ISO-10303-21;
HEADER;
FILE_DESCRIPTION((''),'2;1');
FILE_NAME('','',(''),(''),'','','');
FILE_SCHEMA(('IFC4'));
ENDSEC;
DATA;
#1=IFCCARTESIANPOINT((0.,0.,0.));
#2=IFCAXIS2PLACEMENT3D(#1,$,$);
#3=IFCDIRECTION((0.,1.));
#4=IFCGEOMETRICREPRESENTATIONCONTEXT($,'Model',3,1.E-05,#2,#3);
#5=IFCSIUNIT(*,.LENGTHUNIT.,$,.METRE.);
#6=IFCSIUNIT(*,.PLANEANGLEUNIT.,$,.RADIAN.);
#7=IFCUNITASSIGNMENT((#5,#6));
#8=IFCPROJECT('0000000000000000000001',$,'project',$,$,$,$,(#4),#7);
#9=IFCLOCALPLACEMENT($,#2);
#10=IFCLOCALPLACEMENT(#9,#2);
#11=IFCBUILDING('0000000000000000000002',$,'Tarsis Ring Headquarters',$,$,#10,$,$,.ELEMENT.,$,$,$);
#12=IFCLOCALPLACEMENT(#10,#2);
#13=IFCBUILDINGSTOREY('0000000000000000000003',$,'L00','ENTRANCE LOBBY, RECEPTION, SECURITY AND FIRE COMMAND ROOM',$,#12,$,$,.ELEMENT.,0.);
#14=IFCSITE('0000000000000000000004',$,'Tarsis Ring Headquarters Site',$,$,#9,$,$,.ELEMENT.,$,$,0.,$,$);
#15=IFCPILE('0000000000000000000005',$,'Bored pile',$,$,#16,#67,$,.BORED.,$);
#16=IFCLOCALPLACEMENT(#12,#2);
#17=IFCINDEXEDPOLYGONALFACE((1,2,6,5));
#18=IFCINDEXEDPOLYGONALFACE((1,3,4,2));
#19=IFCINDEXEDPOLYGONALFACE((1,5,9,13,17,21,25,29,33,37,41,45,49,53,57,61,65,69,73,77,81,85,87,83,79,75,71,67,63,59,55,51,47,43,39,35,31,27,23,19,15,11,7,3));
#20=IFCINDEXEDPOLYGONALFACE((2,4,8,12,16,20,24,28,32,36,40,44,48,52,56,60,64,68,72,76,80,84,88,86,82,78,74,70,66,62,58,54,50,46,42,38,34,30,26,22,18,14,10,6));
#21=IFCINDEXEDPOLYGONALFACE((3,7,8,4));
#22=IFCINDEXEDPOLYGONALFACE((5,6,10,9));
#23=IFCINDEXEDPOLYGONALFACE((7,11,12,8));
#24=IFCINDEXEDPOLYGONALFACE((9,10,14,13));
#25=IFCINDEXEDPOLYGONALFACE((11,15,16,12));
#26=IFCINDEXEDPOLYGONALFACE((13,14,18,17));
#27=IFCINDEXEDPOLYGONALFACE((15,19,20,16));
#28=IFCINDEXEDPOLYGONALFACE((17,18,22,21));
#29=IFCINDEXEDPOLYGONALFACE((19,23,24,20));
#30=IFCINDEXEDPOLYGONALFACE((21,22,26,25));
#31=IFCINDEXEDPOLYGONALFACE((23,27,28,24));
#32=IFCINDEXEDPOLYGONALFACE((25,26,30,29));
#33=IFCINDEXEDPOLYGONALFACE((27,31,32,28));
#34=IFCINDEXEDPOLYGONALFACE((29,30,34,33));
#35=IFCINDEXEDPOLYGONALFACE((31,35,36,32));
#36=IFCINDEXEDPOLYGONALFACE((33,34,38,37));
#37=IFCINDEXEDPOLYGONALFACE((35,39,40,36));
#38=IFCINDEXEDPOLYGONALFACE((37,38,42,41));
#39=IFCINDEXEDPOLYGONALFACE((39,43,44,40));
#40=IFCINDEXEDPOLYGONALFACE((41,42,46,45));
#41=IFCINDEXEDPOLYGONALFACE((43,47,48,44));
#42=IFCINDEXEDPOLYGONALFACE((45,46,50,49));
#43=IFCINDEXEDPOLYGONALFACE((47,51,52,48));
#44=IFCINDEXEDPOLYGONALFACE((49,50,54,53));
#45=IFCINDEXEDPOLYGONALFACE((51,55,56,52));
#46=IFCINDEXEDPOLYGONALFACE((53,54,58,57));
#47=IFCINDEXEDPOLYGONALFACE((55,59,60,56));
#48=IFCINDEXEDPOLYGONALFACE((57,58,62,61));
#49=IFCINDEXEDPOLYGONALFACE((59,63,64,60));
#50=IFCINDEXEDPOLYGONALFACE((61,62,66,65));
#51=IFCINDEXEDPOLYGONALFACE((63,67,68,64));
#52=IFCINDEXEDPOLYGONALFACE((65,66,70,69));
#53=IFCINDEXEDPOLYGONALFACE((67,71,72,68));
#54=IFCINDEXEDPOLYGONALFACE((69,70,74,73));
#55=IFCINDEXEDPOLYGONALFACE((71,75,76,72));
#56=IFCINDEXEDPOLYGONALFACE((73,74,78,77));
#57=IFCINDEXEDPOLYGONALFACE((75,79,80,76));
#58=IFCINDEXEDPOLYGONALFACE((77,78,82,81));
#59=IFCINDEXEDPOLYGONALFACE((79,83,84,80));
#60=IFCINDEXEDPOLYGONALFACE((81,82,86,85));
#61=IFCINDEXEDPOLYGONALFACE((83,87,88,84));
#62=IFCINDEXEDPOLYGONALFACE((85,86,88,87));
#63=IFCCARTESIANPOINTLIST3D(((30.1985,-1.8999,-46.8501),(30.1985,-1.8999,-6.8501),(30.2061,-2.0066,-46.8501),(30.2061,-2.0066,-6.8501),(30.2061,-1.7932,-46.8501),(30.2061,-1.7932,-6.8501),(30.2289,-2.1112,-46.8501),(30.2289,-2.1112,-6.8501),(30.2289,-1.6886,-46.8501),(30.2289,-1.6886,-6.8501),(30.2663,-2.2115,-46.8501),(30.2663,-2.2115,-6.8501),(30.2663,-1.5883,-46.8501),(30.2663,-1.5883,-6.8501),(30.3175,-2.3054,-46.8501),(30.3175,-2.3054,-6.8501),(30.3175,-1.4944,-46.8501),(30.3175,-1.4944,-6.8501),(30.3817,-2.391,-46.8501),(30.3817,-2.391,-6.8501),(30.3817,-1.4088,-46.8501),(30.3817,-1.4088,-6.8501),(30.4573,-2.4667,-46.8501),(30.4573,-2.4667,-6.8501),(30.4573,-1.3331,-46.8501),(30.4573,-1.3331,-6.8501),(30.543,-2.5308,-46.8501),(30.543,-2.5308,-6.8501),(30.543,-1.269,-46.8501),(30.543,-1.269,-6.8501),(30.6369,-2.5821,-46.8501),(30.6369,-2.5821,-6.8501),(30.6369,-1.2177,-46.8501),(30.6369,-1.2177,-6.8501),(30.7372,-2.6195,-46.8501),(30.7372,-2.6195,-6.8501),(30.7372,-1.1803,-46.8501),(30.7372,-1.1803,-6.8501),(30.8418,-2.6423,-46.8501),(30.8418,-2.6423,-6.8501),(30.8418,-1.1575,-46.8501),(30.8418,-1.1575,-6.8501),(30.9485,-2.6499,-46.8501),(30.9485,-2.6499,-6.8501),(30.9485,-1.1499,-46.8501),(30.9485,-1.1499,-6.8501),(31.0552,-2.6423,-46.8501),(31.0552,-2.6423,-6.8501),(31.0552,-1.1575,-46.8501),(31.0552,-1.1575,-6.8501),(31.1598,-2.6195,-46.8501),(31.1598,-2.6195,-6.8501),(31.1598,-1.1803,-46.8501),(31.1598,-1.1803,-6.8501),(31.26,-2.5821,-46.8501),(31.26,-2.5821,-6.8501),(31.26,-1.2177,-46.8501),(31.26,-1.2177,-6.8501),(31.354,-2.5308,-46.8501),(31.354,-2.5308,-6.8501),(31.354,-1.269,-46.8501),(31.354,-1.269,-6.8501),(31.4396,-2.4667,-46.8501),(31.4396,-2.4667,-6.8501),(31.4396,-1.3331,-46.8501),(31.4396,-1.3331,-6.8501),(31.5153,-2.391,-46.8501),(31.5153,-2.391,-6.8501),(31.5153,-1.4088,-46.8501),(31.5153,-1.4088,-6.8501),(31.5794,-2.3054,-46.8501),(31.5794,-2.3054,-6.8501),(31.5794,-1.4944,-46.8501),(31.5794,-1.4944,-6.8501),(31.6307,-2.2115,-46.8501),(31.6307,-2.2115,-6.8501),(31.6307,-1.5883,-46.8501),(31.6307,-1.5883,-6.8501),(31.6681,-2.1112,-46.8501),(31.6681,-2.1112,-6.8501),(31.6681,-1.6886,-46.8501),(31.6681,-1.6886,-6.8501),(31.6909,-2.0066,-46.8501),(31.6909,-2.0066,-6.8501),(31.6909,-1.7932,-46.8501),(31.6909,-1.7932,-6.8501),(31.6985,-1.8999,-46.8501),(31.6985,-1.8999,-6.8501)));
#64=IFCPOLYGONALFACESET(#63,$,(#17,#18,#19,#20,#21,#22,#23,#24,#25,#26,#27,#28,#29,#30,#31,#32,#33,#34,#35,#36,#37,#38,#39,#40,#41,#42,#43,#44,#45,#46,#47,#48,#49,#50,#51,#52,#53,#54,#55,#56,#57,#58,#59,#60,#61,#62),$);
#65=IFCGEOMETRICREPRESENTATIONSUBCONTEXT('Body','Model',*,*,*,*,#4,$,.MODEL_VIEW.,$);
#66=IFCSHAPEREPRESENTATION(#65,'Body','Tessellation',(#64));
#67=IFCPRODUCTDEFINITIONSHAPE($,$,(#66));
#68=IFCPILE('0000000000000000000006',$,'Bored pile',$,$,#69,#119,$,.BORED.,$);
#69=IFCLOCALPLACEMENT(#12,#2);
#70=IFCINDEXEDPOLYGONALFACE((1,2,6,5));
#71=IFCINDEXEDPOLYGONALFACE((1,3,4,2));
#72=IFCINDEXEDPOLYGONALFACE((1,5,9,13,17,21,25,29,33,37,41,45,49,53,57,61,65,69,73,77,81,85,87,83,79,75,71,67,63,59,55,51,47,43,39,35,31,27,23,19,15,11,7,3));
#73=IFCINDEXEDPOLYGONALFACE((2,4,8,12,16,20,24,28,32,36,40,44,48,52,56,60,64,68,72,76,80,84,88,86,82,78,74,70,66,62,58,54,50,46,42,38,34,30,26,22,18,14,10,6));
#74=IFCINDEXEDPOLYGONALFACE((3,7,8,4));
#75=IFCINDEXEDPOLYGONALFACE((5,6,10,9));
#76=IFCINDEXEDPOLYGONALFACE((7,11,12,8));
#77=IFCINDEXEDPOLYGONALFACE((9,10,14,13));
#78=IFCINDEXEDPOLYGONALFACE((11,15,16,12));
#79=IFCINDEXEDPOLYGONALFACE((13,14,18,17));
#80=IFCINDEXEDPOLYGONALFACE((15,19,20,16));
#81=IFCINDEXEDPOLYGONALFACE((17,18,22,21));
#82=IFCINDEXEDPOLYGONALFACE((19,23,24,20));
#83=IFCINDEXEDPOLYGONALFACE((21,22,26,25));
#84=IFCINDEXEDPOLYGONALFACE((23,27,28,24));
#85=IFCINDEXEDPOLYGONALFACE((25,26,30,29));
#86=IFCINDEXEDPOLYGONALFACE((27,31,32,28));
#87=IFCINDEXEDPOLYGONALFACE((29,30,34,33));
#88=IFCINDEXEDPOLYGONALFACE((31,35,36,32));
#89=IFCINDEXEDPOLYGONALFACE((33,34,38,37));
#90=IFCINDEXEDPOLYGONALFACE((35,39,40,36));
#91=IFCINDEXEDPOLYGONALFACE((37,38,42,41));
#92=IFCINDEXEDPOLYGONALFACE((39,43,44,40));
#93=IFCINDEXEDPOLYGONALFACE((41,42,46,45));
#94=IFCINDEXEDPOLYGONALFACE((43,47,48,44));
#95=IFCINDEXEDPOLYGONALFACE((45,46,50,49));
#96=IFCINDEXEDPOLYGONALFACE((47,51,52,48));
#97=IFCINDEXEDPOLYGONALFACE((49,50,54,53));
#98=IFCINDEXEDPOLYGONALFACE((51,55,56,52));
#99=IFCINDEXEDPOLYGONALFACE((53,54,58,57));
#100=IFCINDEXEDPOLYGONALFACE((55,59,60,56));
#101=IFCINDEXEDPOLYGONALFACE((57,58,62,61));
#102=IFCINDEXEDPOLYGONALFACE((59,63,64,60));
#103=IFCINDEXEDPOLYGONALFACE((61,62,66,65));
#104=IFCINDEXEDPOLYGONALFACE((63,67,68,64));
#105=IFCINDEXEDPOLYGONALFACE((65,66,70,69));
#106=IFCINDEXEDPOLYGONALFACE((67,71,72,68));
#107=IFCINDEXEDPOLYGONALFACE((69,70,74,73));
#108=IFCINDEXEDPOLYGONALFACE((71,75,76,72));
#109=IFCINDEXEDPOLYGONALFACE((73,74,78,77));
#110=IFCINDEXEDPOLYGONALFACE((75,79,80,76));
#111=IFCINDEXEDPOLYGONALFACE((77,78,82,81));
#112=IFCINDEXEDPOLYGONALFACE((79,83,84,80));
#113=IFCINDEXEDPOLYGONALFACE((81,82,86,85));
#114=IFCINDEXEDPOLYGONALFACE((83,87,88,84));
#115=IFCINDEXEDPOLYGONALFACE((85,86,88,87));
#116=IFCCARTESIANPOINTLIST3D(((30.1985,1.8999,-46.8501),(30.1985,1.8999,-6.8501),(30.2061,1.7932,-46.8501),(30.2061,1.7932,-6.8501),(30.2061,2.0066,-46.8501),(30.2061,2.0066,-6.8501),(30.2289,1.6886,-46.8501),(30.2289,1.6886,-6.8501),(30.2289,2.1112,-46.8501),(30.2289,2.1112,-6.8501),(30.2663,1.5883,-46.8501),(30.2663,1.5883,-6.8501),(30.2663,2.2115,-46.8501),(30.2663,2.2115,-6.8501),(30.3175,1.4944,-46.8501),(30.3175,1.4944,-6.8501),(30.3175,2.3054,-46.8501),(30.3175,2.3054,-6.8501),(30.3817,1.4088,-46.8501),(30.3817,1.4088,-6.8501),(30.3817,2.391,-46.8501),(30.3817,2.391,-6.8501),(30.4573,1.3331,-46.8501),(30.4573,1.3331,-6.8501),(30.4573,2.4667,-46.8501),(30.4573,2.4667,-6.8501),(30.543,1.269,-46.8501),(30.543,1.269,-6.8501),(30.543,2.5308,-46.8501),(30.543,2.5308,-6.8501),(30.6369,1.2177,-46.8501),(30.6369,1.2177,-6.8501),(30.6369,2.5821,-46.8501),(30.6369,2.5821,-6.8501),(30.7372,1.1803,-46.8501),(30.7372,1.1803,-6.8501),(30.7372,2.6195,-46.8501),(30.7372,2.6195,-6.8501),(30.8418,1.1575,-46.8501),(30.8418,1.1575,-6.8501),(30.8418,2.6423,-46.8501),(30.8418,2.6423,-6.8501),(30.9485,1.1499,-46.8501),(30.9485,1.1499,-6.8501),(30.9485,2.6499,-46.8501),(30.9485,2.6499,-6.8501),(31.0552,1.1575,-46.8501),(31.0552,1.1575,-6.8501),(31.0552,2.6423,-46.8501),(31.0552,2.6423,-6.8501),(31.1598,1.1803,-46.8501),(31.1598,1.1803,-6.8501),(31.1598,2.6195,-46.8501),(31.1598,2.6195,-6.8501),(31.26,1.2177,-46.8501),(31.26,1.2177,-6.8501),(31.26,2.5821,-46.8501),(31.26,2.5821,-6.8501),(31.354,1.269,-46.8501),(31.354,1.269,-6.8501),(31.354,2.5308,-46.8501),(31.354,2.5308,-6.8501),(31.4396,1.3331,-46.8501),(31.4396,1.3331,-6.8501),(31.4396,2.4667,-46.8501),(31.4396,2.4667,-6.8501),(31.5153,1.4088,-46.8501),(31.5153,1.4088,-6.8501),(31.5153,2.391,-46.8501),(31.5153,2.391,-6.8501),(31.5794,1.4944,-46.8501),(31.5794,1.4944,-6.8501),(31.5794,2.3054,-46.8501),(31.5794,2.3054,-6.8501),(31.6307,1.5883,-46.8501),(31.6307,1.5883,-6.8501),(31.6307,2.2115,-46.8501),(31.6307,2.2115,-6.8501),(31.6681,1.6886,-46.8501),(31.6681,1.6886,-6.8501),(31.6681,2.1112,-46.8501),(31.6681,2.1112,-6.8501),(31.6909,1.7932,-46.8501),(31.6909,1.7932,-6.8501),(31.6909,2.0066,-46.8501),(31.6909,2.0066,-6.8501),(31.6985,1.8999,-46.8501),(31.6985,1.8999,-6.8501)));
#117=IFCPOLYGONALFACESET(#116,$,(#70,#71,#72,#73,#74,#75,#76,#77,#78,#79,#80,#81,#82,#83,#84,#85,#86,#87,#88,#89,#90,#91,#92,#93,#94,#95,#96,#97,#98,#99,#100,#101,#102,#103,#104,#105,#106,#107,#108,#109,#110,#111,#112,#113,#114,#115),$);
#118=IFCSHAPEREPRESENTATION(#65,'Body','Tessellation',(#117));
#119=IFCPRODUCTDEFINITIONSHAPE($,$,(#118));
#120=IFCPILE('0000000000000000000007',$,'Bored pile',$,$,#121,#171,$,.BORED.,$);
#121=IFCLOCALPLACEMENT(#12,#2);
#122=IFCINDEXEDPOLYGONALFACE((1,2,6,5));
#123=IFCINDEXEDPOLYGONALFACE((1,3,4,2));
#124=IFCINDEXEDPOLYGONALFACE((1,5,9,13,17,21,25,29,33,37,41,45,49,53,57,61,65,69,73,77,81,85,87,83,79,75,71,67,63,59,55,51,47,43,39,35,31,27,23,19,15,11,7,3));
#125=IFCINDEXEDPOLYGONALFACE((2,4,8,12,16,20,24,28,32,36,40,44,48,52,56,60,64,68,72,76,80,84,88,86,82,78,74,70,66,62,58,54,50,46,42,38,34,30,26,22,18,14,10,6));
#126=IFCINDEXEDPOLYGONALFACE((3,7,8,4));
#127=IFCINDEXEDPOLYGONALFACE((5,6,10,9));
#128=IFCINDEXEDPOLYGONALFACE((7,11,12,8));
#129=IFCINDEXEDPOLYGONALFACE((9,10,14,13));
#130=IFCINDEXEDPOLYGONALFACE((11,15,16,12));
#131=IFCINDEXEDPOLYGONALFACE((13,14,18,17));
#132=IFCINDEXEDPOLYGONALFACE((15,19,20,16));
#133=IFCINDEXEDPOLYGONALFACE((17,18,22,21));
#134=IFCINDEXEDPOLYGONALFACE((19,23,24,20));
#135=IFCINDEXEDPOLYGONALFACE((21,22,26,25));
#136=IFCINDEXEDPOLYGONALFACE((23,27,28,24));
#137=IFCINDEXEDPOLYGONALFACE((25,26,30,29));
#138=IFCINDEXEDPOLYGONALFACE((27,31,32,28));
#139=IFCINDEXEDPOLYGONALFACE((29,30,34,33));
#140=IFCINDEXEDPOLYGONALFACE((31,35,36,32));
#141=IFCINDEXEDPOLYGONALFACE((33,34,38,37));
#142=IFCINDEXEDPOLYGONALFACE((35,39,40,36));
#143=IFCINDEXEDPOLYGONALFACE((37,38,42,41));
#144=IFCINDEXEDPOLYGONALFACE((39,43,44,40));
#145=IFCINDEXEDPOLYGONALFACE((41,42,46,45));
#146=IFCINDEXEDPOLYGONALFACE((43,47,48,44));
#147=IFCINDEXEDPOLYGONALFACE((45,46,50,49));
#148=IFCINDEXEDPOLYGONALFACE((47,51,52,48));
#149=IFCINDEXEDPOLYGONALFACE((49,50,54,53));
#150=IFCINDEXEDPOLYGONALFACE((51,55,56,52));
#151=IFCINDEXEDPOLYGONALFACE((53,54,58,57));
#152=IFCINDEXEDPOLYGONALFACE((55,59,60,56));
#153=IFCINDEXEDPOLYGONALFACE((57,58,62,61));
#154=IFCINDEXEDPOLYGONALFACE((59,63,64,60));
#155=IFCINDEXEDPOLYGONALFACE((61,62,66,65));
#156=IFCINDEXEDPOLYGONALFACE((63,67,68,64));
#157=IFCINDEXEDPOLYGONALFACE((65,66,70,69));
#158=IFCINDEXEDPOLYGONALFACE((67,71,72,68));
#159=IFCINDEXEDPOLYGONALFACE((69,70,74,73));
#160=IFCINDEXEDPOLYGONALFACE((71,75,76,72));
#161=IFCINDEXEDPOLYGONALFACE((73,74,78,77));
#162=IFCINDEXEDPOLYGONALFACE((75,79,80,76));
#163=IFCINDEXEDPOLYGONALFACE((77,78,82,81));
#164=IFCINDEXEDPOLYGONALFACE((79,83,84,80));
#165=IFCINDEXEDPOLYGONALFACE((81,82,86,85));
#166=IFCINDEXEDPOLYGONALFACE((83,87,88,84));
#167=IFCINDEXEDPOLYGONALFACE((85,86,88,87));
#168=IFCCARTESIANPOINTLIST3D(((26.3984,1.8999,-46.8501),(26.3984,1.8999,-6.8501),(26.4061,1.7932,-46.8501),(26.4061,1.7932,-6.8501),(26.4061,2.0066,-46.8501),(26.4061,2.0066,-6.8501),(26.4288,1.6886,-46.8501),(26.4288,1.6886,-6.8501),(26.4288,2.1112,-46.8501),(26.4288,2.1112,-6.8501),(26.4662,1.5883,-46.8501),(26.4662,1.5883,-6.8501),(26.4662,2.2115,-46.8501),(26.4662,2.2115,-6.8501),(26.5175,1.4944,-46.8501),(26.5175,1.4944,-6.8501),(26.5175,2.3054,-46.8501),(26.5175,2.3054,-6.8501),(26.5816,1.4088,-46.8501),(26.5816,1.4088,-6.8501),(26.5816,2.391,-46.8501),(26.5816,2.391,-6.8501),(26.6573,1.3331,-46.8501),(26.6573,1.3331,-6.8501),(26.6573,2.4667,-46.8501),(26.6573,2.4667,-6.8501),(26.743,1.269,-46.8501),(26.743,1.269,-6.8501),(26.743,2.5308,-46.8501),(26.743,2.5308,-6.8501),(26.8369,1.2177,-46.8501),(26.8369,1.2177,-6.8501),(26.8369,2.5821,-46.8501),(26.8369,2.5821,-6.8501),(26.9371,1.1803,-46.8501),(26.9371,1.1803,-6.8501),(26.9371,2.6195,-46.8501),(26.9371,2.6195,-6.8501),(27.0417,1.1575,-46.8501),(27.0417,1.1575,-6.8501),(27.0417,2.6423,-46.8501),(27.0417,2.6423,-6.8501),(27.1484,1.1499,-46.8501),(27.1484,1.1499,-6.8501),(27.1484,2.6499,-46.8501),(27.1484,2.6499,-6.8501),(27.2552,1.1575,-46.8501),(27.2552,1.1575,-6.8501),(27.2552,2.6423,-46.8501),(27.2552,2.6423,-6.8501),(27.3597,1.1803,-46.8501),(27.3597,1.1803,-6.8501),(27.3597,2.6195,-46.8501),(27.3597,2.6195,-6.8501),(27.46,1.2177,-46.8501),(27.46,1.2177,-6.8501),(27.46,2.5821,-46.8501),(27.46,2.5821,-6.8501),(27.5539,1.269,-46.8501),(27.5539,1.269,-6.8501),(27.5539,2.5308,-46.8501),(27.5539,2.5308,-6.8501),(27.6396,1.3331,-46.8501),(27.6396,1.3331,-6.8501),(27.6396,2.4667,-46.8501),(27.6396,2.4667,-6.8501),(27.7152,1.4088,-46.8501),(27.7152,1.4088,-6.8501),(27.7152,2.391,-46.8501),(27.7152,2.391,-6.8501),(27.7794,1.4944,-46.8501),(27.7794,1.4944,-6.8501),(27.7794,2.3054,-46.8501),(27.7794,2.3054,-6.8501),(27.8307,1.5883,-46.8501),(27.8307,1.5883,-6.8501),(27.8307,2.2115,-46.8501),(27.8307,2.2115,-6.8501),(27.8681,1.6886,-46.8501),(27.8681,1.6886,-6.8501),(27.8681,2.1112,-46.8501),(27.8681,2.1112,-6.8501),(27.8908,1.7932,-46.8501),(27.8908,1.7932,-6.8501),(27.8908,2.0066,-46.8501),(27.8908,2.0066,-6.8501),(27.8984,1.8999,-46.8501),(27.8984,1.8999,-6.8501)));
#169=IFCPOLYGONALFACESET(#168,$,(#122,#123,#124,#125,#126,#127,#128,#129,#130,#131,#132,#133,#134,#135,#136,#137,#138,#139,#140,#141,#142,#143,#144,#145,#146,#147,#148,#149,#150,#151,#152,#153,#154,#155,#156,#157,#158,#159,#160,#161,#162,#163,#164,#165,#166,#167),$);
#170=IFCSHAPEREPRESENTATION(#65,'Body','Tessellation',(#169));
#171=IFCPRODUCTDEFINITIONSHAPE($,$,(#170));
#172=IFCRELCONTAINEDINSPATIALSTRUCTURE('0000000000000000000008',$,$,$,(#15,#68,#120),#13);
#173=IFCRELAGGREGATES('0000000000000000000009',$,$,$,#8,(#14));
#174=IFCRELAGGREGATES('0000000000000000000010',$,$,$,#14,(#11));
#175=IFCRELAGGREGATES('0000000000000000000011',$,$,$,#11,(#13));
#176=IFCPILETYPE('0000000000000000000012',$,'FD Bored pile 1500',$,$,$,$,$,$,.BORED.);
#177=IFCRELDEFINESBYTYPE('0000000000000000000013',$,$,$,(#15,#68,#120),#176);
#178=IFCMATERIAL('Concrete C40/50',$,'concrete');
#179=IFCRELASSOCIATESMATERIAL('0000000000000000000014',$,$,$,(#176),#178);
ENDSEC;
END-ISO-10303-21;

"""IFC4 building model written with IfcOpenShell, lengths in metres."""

from ifc_helpers import new_model, si_unit, direction, frame, origin, origin_2d, place, context, subcontext, project, spatial, circle, extrude, material, material_profile, profile_set, type_object, element, save


model = new_model("IFC4")

# Units and contexts
model_context = context("Model", 3, precision=1e-05, world=origin(), true_north=direction((0.0, 1.0)))
body_context = subcontext(model_context, "Body", "Model", "MODEL_VIEW")
ifc_project = project(units=[si_unit("LENGTHUNIT", "METRE"), si_unit("PLANEANGLEUNIT", "RADIAN")], contexts=[model_context])

# Site, building, storey
site_placement = place(None, origin())
site = spatial("IfcSite", under=ifc_project, at=site_placement, Name="Tarsis Ring Headquarters Site", CompositionType="ELEMENT", RefElevation=0.0)
building_placement = place(site_placement, origin())
building = spatial("IfcBuilding", under=site, at=building_placement, Name="Tarsis Ring Headquarters", CompositionType="ELEMENT")
storey_placement = place(building_placement, origin())
storey = spatial("IfcBuildingStorey", under=building, at=storey_placement, Name="L00", Description="ENTRANCE LOBBY, RECEPTION, SECURITY AND FIRE COMMAND ROOM", CompositionType="ELEMENT", Elevation=0.0)

# Piles
ifc_material_1 = material(Name="Concrete C40/50", Category="concrete")
ifc_material_profile_1 = material_profile(ifc_material_1, circle(Radius=0.75, at=origin_2d()), Name="BORED 1500")
ifc_profile_set_1 = profile_set([ifc_material_profile_1], Name="Concrete C40/50")
pile_type = type_object("IfcPileType", Name="FD Bored pile 1500", PredefinedType="BORED", material=ifc_profile_set_1)
for number, where, z_axis, x_axis, name in (
    (1, (30.9485, -1.8999, -6.8501), (0.0, 0.0, -1.0), (1.0, 0.0, 0.0), "Bored pile"),
    (2, (30.9485, 1.8999, -6.8501), (0.0, 0.0, -1.0), (1.0, 0.0, 0.0), "Bored pile"),
    (3, (27.1484, 1.8999, -6.8501), (0.0, 0.0, -1.0), (1.0, 0.0, 0.0), "Bored pile"),
):
    element("IfcPile", number, at=place(storey_placement, frame(where, z_axis=z_axis, x_axis=x_axis)), inside=storey, type_object=pile_type, Name=name, PredefinedType="BORED", context=body_context, shape_type="SweptSolid", body=[
        extrude(circle(Radius=0.75, at=origin_2d()), origin(), (0.0, 0.0, 1.0), 40.0),
    ])

save(model, "model.ifc")
